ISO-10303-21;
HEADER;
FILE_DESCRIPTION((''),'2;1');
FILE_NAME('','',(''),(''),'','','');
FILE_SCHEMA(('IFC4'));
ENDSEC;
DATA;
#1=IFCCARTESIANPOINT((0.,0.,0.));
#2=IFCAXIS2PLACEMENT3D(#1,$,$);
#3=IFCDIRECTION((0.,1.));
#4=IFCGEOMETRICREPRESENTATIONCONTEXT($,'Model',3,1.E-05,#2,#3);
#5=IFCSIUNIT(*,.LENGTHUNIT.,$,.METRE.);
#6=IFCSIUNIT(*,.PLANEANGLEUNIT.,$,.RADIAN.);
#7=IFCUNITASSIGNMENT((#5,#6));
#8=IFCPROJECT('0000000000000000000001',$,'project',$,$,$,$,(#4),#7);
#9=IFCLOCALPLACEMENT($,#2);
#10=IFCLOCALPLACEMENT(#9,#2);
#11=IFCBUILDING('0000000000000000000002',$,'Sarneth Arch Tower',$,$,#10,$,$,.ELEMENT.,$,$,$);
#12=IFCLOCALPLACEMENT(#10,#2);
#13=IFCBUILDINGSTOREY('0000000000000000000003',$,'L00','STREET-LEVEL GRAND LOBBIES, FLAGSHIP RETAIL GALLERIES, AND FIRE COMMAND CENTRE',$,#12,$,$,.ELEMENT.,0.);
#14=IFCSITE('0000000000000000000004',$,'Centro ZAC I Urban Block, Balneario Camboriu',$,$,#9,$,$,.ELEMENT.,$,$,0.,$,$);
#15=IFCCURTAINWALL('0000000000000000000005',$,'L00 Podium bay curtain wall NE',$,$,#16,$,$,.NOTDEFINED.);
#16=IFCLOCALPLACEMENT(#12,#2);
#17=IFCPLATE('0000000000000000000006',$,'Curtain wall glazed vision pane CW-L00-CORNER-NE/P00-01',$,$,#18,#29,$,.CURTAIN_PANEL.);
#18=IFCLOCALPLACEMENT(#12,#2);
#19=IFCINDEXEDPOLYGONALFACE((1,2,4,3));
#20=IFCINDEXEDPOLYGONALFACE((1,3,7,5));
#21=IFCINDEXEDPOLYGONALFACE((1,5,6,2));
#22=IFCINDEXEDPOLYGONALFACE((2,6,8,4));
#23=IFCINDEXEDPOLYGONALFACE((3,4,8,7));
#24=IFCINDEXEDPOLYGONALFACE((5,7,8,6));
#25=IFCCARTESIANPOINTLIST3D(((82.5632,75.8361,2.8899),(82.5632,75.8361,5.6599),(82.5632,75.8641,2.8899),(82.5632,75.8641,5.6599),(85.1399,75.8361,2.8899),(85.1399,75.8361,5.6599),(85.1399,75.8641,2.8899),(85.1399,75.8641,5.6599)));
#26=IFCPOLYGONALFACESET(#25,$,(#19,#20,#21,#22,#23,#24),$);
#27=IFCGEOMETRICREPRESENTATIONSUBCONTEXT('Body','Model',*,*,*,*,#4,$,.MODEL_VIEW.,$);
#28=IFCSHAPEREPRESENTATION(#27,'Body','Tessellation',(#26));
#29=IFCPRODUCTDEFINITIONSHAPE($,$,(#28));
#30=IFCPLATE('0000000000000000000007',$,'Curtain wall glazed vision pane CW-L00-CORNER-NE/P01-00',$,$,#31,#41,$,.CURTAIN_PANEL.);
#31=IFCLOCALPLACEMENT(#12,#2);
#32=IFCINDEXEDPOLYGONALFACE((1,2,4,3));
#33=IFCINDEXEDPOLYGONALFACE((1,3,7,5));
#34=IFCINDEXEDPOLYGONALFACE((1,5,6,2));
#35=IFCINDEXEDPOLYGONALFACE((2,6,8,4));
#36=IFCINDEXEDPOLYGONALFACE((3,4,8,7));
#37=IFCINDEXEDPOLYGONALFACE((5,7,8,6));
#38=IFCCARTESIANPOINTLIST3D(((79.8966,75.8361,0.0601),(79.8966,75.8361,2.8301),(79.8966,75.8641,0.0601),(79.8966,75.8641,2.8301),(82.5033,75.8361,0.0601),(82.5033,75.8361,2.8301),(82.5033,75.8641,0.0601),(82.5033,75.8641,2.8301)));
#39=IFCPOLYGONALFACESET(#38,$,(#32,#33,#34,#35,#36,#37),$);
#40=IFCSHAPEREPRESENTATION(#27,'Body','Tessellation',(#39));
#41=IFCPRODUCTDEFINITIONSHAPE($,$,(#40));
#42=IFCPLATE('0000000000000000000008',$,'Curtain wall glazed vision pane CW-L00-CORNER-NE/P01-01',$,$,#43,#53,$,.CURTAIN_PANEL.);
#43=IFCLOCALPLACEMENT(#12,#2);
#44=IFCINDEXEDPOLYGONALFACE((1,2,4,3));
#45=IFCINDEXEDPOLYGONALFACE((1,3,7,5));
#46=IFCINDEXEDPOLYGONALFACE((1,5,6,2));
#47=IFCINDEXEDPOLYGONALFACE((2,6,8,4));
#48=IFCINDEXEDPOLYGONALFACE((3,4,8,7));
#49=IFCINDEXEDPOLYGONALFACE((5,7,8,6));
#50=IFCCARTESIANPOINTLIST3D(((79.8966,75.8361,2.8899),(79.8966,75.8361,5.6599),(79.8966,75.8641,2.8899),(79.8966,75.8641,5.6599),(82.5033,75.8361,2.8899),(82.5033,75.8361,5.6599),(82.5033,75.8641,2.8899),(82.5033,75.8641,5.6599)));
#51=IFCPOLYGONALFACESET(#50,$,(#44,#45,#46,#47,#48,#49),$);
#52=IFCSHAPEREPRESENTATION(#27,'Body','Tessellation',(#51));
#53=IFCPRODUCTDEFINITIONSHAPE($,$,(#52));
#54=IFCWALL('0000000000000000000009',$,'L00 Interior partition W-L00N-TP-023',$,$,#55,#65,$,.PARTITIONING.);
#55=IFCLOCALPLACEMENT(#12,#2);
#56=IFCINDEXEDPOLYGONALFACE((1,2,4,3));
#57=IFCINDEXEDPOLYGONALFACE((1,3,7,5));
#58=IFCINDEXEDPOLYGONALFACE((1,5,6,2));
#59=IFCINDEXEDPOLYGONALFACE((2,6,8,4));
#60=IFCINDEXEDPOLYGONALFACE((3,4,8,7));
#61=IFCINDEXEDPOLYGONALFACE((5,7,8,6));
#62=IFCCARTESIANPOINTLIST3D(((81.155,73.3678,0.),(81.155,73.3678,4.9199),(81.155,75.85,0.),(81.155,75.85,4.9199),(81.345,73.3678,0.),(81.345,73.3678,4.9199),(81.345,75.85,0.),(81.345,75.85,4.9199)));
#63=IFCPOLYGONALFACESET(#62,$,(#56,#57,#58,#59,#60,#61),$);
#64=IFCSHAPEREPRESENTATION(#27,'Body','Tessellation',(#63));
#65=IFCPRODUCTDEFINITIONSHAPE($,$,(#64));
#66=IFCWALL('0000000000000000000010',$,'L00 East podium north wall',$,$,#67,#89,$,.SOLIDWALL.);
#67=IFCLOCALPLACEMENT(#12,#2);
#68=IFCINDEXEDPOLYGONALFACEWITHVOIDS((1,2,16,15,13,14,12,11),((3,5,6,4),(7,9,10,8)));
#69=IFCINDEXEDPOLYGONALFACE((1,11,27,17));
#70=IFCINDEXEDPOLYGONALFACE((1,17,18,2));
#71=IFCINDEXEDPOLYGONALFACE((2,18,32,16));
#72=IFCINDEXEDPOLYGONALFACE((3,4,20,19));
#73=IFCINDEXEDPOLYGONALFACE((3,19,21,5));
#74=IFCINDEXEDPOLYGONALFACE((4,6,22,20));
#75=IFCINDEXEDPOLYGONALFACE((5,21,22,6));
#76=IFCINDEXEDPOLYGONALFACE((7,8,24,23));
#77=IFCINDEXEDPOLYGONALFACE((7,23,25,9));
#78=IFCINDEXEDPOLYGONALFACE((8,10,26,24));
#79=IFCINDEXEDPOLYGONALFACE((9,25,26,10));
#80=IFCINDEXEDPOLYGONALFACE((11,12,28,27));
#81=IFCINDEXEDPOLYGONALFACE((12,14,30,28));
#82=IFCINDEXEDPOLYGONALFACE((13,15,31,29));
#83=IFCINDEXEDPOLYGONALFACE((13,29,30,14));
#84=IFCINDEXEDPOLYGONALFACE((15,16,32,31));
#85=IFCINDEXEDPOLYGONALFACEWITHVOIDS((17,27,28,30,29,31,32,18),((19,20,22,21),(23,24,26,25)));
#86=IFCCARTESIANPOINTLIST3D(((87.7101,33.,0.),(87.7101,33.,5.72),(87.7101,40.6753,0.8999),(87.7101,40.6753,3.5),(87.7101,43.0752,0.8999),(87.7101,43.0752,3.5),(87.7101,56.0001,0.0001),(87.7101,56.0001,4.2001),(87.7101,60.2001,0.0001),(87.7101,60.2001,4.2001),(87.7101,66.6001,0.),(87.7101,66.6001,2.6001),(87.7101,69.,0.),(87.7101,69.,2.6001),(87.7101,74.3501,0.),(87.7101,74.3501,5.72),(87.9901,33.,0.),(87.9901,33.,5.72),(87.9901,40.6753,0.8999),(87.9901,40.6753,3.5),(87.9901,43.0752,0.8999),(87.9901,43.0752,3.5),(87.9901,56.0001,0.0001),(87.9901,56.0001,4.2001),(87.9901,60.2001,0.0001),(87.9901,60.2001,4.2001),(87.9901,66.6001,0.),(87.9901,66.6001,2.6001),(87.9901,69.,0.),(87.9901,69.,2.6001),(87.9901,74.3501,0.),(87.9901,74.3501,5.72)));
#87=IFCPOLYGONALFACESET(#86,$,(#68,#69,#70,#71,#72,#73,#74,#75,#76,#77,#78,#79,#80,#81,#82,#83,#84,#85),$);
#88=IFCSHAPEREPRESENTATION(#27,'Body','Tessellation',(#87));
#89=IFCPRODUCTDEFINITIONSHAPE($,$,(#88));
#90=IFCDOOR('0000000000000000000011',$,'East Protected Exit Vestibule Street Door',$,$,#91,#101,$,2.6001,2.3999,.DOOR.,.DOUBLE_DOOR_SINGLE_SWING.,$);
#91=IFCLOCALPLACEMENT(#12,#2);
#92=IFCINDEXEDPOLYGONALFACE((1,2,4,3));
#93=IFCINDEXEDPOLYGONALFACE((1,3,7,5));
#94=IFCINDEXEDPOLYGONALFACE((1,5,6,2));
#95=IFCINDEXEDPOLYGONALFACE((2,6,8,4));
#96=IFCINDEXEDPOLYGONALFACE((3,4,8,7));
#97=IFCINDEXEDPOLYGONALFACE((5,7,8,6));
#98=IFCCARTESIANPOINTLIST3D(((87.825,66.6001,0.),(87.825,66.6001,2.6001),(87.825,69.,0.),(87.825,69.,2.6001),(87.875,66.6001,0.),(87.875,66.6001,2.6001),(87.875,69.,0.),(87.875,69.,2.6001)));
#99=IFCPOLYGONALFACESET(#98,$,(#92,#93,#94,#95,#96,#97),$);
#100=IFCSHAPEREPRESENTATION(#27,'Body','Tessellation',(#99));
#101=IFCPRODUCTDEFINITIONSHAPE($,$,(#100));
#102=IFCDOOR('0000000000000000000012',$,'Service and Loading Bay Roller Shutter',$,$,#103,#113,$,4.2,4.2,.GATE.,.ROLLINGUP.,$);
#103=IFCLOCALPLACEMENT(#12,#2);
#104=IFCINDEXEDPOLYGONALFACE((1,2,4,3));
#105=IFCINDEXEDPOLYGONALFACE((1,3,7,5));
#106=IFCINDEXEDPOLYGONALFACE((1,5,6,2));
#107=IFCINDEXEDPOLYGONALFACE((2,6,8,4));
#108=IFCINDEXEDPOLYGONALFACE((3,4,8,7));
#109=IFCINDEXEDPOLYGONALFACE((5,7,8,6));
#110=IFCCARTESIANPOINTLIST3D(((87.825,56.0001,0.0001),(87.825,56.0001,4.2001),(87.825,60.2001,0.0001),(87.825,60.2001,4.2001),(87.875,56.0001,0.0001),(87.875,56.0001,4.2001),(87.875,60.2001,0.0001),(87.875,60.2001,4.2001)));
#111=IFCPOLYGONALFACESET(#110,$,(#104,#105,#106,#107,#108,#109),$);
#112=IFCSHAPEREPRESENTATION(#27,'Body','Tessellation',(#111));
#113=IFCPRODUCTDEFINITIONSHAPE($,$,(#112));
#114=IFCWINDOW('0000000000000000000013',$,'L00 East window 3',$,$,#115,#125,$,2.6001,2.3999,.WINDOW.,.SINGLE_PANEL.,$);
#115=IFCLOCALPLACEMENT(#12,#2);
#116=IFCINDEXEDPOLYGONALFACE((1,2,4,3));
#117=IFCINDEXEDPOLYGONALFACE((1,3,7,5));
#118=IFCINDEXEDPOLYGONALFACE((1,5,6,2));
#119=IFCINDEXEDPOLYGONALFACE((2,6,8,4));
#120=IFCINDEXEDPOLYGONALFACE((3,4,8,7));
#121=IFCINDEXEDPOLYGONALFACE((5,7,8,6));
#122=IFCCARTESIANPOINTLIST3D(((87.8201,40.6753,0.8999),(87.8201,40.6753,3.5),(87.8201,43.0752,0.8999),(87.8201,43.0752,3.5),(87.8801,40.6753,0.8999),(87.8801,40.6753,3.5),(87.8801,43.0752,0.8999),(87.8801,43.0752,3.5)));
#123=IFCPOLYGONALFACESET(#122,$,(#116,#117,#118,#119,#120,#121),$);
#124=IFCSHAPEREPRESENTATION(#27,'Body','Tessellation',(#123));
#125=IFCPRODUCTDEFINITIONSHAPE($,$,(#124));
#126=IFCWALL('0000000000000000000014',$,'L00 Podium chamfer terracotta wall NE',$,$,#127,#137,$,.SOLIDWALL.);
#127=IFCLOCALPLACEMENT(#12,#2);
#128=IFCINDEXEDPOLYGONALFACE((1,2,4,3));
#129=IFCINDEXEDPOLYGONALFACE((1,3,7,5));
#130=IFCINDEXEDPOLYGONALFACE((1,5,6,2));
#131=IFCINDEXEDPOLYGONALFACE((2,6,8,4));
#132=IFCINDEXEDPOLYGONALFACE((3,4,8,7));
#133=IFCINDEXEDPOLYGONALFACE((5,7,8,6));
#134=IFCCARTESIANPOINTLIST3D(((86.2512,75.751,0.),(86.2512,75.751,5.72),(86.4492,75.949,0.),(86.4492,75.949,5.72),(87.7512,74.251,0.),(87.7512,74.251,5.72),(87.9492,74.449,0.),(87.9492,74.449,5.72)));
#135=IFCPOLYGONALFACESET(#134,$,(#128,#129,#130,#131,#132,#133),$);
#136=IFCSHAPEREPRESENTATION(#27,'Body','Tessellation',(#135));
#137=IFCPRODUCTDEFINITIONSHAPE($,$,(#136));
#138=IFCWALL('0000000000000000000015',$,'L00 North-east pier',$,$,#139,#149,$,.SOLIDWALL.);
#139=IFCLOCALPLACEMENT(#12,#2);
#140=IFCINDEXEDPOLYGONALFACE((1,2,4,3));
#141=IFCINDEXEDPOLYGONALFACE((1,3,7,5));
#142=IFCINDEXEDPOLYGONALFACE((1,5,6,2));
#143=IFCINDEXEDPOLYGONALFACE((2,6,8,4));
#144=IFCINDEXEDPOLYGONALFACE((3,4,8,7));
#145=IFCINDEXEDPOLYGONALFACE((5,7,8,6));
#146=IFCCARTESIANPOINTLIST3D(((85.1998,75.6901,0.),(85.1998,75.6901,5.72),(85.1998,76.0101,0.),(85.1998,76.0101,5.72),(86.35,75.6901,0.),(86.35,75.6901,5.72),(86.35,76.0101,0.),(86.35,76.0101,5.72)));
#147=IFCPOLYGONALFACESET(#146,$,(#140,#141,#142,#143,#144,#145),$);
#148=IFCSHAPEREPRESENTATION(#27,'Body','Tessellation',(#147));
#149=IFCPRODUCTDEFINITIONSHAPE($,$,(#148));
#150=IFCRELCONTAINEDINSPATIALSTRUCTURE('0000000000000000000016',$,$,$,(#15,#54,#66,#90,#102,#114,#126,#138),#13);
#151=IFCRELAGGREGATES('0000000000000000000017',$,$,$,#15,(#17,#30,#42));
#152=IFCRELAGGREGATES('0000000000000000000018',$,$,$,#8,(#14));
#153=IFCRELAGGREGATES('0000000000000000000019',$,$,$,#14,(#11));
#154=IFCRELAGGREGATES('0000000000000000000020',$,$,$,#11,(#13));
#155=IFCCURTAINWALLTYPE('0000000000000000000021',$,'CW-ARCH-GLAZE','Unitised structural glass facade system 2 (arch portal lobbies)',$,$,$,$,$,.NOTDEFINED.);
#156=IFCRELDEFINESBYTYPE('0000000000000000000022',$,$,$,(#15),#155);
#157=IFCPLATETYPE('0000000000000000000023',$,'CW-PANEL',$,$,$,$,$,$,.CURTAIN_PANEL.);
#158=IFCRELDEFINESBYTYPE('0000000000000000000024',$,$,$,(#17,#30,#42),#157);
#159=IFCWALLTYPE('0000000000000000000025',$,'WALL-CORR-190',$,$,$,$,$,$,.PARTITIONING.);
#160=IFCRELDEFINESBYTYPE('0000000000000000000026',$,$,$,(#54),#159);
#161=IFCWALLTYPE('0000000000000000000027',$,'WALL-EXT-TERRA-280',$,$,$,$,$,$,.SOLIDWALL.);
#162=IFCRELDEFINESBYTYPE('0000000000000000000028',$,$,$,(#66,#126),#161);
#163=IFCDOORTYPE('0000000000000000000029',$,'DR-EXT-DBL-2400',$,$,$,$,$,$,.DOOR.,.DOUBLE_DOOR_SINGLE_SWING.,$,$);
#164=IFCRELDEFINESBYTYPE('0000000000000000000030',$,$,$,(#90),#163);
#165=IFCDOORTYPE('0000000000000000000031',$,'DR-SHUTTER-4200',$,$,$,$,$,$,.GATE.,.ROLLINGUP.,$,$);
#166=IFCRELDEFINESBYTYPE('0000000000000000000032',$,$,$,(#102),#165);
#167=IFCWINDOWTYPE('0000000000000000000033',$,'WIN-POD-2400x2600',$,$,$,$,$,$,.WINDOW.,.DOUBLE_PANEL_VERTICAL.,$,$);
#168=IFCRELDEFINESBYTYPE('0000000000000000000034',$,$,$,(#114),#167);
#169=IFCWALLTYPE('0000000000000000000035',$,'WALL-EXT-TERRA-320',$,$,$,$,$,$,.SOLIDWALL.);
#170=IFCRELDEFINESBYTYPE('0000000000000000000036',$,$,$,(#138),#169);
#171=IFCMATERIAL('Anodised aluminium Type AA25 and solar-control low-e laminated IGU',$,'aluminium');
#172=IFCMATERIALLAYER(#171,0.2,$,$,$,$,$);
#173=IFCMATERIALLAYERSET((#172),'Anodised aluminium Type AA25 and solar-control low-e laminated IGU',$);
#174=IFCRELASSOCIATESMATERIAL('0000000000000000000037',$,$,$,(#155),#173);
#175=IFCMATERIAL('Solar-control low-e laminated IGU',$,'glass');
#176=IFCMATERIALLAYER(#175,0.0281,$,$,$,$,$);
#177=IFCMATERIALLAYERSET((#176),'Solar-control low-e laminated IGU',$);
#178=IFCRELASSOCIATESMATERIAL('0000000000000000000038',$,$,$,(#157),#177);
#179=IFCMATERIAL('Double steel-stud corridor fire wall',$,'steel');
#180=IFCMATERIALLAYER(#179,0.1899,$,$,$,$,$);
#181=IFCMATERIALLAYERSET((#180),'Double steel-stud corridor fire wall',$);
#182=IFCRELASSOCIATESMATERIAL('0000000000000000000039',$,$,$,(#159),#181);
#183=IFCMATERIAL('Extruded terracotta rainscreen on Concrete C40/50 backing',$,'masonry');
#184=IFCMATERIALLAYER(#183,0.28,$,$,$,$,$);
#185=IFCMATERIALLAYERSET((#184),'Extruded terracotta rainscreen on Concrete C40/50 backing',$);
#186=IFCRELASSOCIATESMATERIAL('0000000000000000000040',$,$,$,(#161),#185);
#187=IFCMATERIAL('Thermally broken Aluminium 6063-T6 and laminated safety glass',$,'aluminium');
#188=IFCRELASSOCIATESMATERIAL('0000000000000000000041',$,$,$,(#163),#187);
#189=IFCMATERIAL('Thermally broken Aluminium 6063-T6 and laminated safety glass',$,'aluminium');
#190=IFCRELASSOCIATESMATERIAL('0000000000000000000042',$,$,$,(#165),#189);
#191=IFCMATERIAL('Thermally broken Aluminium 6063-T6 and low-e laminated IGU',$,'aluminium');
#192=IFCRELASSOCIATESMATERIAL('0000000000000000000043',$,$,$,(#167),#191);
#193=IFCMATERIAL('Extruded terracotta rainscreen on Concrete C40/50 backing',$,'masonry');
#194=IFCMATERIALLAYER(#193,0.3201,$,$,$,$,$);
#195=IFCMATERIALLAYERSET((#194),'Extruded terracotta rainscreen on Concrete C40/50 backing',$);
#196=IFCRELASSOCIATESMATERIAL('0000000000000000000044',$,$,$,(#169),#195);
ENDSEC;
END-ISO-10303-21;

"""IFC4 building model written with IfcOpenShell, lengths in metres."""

from ifc_helpers import new_model, si_unit, direction, frame, frame_2d, origin, origin_2d, place, context, subcontext, project, spatial, rectangle, extrude, material, layer, layer_set, type_object, element, fill, aggregate, save


model = new_model("IFC4")

# Units and contexts
model_context = context("Model", 3, precision=1e-05, world=origin(), true_north=direction((0.0, 1.0)))
body_context = subcontext(model_context, "Body", "Model", "MODEL_VIEW")
ifc_project = project(units=[si_unit("LENGTHUNIT", "METRE"), si_unit("PLANEANGLEUNIT", "RADIAN")], contexts=[model_context])

# Site, building, storey
site_placement = place(None, origin())
site = spatial("IfcSite", under=ifc_project, at=site_placement, Name="Centro ZAC I Urban Block, Balneario Camboriu", CompositionType="ELEMENT", RefElevation=0.0)
building_placement = place(site_placement, origin())
building = spatial("IfcBuilding", under=site, at=building_placement, Name="Sarneth Arch Tower", CompositionType="ELEMENT")
storey_placement = place(building_placement, origin())
storey = spatial("IfcBuildingStorey", under=building, at=storey_placement, Name="L00", Description="STREET-LEVEL GRAND LOBBIES, FLAGSHIP RETAIL GALLERIES, AND FIRE COMMAND CENTRE", CompositionType="ELEMENT", Elevation=0.0)

# Curtain wall, plates
ifc_material_1 = material(Name="Anodised aluminium Type AA25 and solar-control low-e laminated IGU", Category="aluminium")
ifc_layer_1 = layer(ifc_material_1, 0.2)
ifc_layer_set_1 = layer_set([ifc_layer_1], Name="Anodised aluminium Type AA25 and solar-control low-e laminated IGU")
curtain_wall_type = type_object("IfcCurtainWallType", Name="CW-ARCH-GLAZE", Description="Unitised structural glass facade system 2 (arch portal lobbies)", PredefinedType="NOTDEFINED", material=ifc_layer_set_1)
curtain_wall_placement = place(storey_placement, origin())
curtain_wall = element("IfcCurtainWall", 1, at=curtain_wall_placement, inside=storey, type_object=curtain_wall_type, Name="L00 Podium bay curtain wall NE", PredefinedType="NOTDEFINED")
ifc_material_2 = material(Name="Solar-control low-e laminated IGU", Category="glass")
ifc_layer_2 = layer(ifc_material_2, 0.0281)
ifc_layer_set_2 = layer_set([ifc_layer_2], Name="Solar-control low-e laminated IGU")
plate_type = type_object("IfcPlateType", Name="CW-PANEL", PredefinedType="CURTAIN_PANEL", material=ifc_layer_set_2)
plate_1_placement = place(storey_placement, frame((83.8516, 75.8501, 2.8899), z_axis=(0.0, 0.0, 1.0), x_axis=(-1.0, 0.0, 0.0)))
plate_1 = element("IfcPlate", 2, at=plate_1_placement, type_object=plate_type, Name="Curtain wall glazed vision pane CW-L00-CORNER-NE/P00-01", PredefinedType="CURTAIN_PANEL", context=body_context, shape_type="SweptSolid", body=[
    extrude(rectangle(XDim=2.5767, YDim=0.0281, at=origin_2d()), origin(), (0.0, 0.0, 1.0), 2.77),
])
plate_2_placement = place(storey_placement, frame((81.2, 75.8501, 0.0601), z_axis=(0.0, 0.0, 1.0), x_axis=(-1.0, 0.0, 0.0)))
plate_2 = element("IfcPlate", 3, at=plate_2_placement, type_object=plate_type, Name="Curtain wall glazed vision pane CW-L00-CORNER-NE/P01-00", PredefinedType="CURTAIN_PANEL", context=body_context, shape_type="SweptSolid", body=[
    extrude(rectangle(XDim=2.6067, YDim=0.0281, at=origin_2d()), origin(), (0.0, 0.0, 1.0), 2.77),
])
plate_3_placement = place(storey_placement, frame((81.2, 75.8501, 2.8899), z_axis=(0.0, 0.0, 1.0), x_axis=(-1.0, 0.0, 0.0)))
plate_3 = element("IfcPlate", 4, at=plate_3_placement, type_object=plate_type, Name="Curtain wall glazed vision pane CW-L00-CORNER-NE/P01-01", PredefinedType="CURTAIN_PANEL", context=body_context, shape_type="SweptSolid", body=[
    extrude(rectangle(XDim=2.6067, YDim=0.0281, at=origin_2d()), origin(), (0.0, 0.0, 1.0), 2.77),
])
aggregate(curtain_wall, [plate_1, plate_2, plate_3])

# Wall
ifc_material_3 = material(Name="Double steel-stud corridor fire wall", Category="steel")
ifc_layer_3 = layer(ifc_material_3, 0.1899)
ifc_layer_set_3 = layer_set([ifc_layer_3], Name="Double steel-stud corridor fire wall")
wall_type_1 = type_object("IfcWallType", Name="WALL-CORR-190", PredefinedType="PARTITIONING", material=ifc_layer_set_3)
wall_1_placement = place(storey_placement, frame((81.25, 75.8501, 0.0), z_axis=(0.0, 0.0, 1.0), x_axis=(0.0, -1.0, 0.0)))
element("IfcWall", 5, at=wall_1_placement, inside=storey, type_object=wall_type_1, Name="L00 Interior partition W-L00N-TP-023", PredefinedType="PARTITIONING", context=body_context, shape_type="SweptSolid", body=[
    extrude(rectangle(XDim=2.4822, YDim=0.1899, at=frame_2d((1.2412, 0.0))), origin(), (0.0, 0.0, 1.0), 4.9199),
])

# Wall, openings, doors, window
ifc_material_4 = material(Name="Extruded terracotta rainscreen on Concrete C40/50 backing", Category="masonry")
ifc_layer_4 = layer(ifc_material_4, 0.28)
ifc_layer_set_4 = layer_set([ifc_layer_4], Name="Extruded terracotta rainscreen on Concrete C40/50 backing")
wall_type_2 = type_object("IfcWallType", Name="WALL-EXT-TERRA-280", PredefinedType="SOLIDWALL", material=ifc_layer_set_4)
wall_2_placement = place(storey_placement, frame((87.8501, 74.3501, 0.0), z_axis=(0.0, 0.0, 1.0), x_axis=(0.0, -1.0, 0.0)))
wall_2 = element("IfcWall", 6, at=wall_2_placement, inside=storey, type_object=wall_type_2, Name="L00 East podium north wall", PredefinedType="SOLIDWALL", context=body_context, shape_type="SweptSolid", body=[
    extrude(rectangle(XDim=41.3501, YDim=0.28, at=frame_2d((20.675, 0.0))), origin(), (0.0, 0.0, 1.0), 5.72),
])
opening_1_placement = place(wall_2_placement, frame((5.3501, 0.0, 0.0)))
opening_1 = element("IfcOpeningElement", 7, at=opening_1_placement, cuts=wall_2, PredefinedType="OPENING", context=body_context, shape_type="SweptSolid", body=[
    extrude(rectangle(XDim=2.3999, YDim=2.6001, at=frame_2d((1.2, 1.3))), frame((0.0, 0.1499, 0.0), z_axis=(0.0, -1.0, 0.0), x_axis=(1.0, 0.0, 0.0)), (0.0, 0.0, 1.0), 0.3),
])
opening_2_placement = place(wall_2_placement, frame((14.1499, 0.0, 0.0)))
opening_2 = element("IfcOpeningElement", 8, at=opening_2_placement, cuts=wall_2, PredefinedType="OPENING", context=body_context, shape_type="SweptSolid", body=[
    extrude(rectangle(XDim=4.2, YDim=4.2, at=frame_2d((2.1001, 2.1001))), frame((0.0, 0.1499, 0.0), z_axis=(0.0, -1.0, 0.0), x_axis=(1.0, 0.0, 0.0)), (0.0, 0.0, 1.0), 0.3),
])
opening_3_placement = place(wall_2_placement, frame((31.2749, 0.0, 0.8999)))
opening_3 = element("IfcOpeningElement", 9, at=opening_3_placement, cuts=wall_2, PredefinedType="OPENING", context=body_context, shape_type="SweptSolid", body=[
    extrude(rectangle(XDim=2.3999, YDim=2.6001, at=frame_2d((1.2, 1.3))), frame((0.0, 0.1499, 0.0), z_axis=(0.0, -1.0, 0.0), x_axis=(1.0, 0.0, 0.0)), (0.0, 0.0, 1.0), 0.3),
])
ifc_material_5 = material(Name="Thermally broken Aluminium 6063-T6 and laminated safety glass", Category="aluminium")
door_type_1 = type_object("IfcDoorType", Name="DR-EXT-DBL-2400", OperationType="DOUBLE_DOOR_SINGLE_SWING", PredefinedType="DOOR", material=ifc_material_5)
door_1_placement = place(opening_1_placement, origin())
door_1 = element("IfcDoor", 10, at=door_1_placement, inside=storey, type_object=door_type_1, Name="East Protected Exit Vestibule Street Door", OperationType="DOUBLE_DOOR_SINGLE_SWING", OverallHeight=2.6001, OverallWidth=2.3999, PredefinedType="DOOR", context=body_context, shape_type="SweptSolid", body=[
    extrude(rectangle(XDim=2.3999, YDim=2.6001, at=frame_2d((1.2, 1.3))), frame((0.0, 0.0249, 0.0), z_axis=(0.0, -1.0, 0.0), x_axis=(1.0, 0.0, 0.0)), (0.0, 0.0, 1.0), 0.05),
])
fill(opening_1, door_1)
ifc_material_6 = material(Name="Thermally broken Aluminium 6063-T6 and laminated safety glass", Category="aluminium")
door_type_2 = type_object("IfcDoorType", Name="DR-SHUTTER-4200", OperationType="ROLLINGUP", PredefinedType="GATE", material=ifc_material_6)
door_2_placement = place(opening_2_placement, origin())
door_2 = element("IfcDoor", 11, at=door_2_placement, inside=storey, type_object=door_type_2, Name="Service and Loading Bay Roller Shutter", OperationType="ROLLINGUP", OverallHeight=4.2, OverallWidth=4.2, PredefinedType="GATE", context=body_context, shape_type="SweptSolid", body=[
    extrude(rectangle(XDim=4.2, YDim=4.2, at=frame_2d((2.1001, 2.1001))), frame((0.0, 0.0249, 0.0), z_axis=(0.0, -1.0, 0.0), x_axis=(1.0, 0.0, 0.0)), (0.0, 0.0, 1.0), 0.05),
])
fill(opening_2, door_2)
ifc_material_7 = material(Name="Thermally broken Aluminium 6063-T6 and low-e laminated IGU", Category="aluminium")
window_type = type_object("IfcWindowType", Name="WIN-POD-2400x2600", PartitioningType="DOUBLE_PANEL_VERTICAL", PredefinedType="WINDOW", material=ifc_material_7)
window_placement = place(opening_3_placement, origin())
window = element("IfcWindow", 12, at=window_placement, inside=storey, type_object=window_type, Name="L00 East window 3", OverallHeight=2.6001, OverallWidth=2.3999, PartitioningType="SINGLE_PANEL", PredefinedType="WINDOW", context=body_context, shape_type="SweptSolid", body=[
    extrude(rectangle(XDim=2.3999, YDim=2.6001, at=frame_2d((1.2, 1.3))), frame((0.0, 0.03, 0.0), z_axis=(0.0, -1.0, 0.0), x_axis=(1.0, 0.0, 0.0)), (0.0, 0.0, 1.0), 0.0601),
])
fill(opening_3, window)

# Walls
wall_3_placement = place(storey_placement, frame((87.8501, 74.3501, 0.0), z_axis=(0.0, 0.0, 1.0), x_axis=(-0.707107, 0.707107, 0.0)))
element("IfcWall", 13, at=wall_3_placement, inside=storey, type_object=wall_type_2, Name="L00 Podium chamfer terracotta wall NE", PredefinedType="SOLIDWALL", context=body_context, shape_type="SweptSolid", body=[
    extrude(rectangle(XDim=2.1213, YDim=0.28, at=frame_2d((1.0605, 0.0))), origin(), (0.0, 0.0, 1.0), 5.72),
])
ifc_material_8 = material(Name="Extruded terracotta rainscreen on Concrete C40/50 backing", Category="masonry")
ifc_layer_5 = layer(ifc_material_8, 0.3201)
ifc_layer_set_5 = layer_set([ifc_layer_5], Name="Extruded terracotta rainscreen on Concrete C40/50 backing")
wall_type_3 = type_object("IfcWallType", Name="WALL-EXT-TERRA-320", PredefinedType="SOLIDWALL", material=ifc_layer_set_5)
wall_4_placement = place(storey_placement, frame((86.3501, 75.8501, 0.0), z_axis=(0.0, 0.0, 1.0), x_axis=(-1.0, 0.0, 0.0)))
element("IfcWall", 14, at=wall_4_placement, inside=storey, type_object=wall_type_3, Name="L00 North-east pier", PredefinedType="SOLIDWALL", context=body_context, shape_type="SweptSolid", body=[
    extrude(rectangle(XDim=1.1501, YDim=0.3201, at=frame_2d((0.5752, 0.0))), origin(), (0.0, 0.0, 1.0), 5.72),
])

save(model, "model.ifc")
